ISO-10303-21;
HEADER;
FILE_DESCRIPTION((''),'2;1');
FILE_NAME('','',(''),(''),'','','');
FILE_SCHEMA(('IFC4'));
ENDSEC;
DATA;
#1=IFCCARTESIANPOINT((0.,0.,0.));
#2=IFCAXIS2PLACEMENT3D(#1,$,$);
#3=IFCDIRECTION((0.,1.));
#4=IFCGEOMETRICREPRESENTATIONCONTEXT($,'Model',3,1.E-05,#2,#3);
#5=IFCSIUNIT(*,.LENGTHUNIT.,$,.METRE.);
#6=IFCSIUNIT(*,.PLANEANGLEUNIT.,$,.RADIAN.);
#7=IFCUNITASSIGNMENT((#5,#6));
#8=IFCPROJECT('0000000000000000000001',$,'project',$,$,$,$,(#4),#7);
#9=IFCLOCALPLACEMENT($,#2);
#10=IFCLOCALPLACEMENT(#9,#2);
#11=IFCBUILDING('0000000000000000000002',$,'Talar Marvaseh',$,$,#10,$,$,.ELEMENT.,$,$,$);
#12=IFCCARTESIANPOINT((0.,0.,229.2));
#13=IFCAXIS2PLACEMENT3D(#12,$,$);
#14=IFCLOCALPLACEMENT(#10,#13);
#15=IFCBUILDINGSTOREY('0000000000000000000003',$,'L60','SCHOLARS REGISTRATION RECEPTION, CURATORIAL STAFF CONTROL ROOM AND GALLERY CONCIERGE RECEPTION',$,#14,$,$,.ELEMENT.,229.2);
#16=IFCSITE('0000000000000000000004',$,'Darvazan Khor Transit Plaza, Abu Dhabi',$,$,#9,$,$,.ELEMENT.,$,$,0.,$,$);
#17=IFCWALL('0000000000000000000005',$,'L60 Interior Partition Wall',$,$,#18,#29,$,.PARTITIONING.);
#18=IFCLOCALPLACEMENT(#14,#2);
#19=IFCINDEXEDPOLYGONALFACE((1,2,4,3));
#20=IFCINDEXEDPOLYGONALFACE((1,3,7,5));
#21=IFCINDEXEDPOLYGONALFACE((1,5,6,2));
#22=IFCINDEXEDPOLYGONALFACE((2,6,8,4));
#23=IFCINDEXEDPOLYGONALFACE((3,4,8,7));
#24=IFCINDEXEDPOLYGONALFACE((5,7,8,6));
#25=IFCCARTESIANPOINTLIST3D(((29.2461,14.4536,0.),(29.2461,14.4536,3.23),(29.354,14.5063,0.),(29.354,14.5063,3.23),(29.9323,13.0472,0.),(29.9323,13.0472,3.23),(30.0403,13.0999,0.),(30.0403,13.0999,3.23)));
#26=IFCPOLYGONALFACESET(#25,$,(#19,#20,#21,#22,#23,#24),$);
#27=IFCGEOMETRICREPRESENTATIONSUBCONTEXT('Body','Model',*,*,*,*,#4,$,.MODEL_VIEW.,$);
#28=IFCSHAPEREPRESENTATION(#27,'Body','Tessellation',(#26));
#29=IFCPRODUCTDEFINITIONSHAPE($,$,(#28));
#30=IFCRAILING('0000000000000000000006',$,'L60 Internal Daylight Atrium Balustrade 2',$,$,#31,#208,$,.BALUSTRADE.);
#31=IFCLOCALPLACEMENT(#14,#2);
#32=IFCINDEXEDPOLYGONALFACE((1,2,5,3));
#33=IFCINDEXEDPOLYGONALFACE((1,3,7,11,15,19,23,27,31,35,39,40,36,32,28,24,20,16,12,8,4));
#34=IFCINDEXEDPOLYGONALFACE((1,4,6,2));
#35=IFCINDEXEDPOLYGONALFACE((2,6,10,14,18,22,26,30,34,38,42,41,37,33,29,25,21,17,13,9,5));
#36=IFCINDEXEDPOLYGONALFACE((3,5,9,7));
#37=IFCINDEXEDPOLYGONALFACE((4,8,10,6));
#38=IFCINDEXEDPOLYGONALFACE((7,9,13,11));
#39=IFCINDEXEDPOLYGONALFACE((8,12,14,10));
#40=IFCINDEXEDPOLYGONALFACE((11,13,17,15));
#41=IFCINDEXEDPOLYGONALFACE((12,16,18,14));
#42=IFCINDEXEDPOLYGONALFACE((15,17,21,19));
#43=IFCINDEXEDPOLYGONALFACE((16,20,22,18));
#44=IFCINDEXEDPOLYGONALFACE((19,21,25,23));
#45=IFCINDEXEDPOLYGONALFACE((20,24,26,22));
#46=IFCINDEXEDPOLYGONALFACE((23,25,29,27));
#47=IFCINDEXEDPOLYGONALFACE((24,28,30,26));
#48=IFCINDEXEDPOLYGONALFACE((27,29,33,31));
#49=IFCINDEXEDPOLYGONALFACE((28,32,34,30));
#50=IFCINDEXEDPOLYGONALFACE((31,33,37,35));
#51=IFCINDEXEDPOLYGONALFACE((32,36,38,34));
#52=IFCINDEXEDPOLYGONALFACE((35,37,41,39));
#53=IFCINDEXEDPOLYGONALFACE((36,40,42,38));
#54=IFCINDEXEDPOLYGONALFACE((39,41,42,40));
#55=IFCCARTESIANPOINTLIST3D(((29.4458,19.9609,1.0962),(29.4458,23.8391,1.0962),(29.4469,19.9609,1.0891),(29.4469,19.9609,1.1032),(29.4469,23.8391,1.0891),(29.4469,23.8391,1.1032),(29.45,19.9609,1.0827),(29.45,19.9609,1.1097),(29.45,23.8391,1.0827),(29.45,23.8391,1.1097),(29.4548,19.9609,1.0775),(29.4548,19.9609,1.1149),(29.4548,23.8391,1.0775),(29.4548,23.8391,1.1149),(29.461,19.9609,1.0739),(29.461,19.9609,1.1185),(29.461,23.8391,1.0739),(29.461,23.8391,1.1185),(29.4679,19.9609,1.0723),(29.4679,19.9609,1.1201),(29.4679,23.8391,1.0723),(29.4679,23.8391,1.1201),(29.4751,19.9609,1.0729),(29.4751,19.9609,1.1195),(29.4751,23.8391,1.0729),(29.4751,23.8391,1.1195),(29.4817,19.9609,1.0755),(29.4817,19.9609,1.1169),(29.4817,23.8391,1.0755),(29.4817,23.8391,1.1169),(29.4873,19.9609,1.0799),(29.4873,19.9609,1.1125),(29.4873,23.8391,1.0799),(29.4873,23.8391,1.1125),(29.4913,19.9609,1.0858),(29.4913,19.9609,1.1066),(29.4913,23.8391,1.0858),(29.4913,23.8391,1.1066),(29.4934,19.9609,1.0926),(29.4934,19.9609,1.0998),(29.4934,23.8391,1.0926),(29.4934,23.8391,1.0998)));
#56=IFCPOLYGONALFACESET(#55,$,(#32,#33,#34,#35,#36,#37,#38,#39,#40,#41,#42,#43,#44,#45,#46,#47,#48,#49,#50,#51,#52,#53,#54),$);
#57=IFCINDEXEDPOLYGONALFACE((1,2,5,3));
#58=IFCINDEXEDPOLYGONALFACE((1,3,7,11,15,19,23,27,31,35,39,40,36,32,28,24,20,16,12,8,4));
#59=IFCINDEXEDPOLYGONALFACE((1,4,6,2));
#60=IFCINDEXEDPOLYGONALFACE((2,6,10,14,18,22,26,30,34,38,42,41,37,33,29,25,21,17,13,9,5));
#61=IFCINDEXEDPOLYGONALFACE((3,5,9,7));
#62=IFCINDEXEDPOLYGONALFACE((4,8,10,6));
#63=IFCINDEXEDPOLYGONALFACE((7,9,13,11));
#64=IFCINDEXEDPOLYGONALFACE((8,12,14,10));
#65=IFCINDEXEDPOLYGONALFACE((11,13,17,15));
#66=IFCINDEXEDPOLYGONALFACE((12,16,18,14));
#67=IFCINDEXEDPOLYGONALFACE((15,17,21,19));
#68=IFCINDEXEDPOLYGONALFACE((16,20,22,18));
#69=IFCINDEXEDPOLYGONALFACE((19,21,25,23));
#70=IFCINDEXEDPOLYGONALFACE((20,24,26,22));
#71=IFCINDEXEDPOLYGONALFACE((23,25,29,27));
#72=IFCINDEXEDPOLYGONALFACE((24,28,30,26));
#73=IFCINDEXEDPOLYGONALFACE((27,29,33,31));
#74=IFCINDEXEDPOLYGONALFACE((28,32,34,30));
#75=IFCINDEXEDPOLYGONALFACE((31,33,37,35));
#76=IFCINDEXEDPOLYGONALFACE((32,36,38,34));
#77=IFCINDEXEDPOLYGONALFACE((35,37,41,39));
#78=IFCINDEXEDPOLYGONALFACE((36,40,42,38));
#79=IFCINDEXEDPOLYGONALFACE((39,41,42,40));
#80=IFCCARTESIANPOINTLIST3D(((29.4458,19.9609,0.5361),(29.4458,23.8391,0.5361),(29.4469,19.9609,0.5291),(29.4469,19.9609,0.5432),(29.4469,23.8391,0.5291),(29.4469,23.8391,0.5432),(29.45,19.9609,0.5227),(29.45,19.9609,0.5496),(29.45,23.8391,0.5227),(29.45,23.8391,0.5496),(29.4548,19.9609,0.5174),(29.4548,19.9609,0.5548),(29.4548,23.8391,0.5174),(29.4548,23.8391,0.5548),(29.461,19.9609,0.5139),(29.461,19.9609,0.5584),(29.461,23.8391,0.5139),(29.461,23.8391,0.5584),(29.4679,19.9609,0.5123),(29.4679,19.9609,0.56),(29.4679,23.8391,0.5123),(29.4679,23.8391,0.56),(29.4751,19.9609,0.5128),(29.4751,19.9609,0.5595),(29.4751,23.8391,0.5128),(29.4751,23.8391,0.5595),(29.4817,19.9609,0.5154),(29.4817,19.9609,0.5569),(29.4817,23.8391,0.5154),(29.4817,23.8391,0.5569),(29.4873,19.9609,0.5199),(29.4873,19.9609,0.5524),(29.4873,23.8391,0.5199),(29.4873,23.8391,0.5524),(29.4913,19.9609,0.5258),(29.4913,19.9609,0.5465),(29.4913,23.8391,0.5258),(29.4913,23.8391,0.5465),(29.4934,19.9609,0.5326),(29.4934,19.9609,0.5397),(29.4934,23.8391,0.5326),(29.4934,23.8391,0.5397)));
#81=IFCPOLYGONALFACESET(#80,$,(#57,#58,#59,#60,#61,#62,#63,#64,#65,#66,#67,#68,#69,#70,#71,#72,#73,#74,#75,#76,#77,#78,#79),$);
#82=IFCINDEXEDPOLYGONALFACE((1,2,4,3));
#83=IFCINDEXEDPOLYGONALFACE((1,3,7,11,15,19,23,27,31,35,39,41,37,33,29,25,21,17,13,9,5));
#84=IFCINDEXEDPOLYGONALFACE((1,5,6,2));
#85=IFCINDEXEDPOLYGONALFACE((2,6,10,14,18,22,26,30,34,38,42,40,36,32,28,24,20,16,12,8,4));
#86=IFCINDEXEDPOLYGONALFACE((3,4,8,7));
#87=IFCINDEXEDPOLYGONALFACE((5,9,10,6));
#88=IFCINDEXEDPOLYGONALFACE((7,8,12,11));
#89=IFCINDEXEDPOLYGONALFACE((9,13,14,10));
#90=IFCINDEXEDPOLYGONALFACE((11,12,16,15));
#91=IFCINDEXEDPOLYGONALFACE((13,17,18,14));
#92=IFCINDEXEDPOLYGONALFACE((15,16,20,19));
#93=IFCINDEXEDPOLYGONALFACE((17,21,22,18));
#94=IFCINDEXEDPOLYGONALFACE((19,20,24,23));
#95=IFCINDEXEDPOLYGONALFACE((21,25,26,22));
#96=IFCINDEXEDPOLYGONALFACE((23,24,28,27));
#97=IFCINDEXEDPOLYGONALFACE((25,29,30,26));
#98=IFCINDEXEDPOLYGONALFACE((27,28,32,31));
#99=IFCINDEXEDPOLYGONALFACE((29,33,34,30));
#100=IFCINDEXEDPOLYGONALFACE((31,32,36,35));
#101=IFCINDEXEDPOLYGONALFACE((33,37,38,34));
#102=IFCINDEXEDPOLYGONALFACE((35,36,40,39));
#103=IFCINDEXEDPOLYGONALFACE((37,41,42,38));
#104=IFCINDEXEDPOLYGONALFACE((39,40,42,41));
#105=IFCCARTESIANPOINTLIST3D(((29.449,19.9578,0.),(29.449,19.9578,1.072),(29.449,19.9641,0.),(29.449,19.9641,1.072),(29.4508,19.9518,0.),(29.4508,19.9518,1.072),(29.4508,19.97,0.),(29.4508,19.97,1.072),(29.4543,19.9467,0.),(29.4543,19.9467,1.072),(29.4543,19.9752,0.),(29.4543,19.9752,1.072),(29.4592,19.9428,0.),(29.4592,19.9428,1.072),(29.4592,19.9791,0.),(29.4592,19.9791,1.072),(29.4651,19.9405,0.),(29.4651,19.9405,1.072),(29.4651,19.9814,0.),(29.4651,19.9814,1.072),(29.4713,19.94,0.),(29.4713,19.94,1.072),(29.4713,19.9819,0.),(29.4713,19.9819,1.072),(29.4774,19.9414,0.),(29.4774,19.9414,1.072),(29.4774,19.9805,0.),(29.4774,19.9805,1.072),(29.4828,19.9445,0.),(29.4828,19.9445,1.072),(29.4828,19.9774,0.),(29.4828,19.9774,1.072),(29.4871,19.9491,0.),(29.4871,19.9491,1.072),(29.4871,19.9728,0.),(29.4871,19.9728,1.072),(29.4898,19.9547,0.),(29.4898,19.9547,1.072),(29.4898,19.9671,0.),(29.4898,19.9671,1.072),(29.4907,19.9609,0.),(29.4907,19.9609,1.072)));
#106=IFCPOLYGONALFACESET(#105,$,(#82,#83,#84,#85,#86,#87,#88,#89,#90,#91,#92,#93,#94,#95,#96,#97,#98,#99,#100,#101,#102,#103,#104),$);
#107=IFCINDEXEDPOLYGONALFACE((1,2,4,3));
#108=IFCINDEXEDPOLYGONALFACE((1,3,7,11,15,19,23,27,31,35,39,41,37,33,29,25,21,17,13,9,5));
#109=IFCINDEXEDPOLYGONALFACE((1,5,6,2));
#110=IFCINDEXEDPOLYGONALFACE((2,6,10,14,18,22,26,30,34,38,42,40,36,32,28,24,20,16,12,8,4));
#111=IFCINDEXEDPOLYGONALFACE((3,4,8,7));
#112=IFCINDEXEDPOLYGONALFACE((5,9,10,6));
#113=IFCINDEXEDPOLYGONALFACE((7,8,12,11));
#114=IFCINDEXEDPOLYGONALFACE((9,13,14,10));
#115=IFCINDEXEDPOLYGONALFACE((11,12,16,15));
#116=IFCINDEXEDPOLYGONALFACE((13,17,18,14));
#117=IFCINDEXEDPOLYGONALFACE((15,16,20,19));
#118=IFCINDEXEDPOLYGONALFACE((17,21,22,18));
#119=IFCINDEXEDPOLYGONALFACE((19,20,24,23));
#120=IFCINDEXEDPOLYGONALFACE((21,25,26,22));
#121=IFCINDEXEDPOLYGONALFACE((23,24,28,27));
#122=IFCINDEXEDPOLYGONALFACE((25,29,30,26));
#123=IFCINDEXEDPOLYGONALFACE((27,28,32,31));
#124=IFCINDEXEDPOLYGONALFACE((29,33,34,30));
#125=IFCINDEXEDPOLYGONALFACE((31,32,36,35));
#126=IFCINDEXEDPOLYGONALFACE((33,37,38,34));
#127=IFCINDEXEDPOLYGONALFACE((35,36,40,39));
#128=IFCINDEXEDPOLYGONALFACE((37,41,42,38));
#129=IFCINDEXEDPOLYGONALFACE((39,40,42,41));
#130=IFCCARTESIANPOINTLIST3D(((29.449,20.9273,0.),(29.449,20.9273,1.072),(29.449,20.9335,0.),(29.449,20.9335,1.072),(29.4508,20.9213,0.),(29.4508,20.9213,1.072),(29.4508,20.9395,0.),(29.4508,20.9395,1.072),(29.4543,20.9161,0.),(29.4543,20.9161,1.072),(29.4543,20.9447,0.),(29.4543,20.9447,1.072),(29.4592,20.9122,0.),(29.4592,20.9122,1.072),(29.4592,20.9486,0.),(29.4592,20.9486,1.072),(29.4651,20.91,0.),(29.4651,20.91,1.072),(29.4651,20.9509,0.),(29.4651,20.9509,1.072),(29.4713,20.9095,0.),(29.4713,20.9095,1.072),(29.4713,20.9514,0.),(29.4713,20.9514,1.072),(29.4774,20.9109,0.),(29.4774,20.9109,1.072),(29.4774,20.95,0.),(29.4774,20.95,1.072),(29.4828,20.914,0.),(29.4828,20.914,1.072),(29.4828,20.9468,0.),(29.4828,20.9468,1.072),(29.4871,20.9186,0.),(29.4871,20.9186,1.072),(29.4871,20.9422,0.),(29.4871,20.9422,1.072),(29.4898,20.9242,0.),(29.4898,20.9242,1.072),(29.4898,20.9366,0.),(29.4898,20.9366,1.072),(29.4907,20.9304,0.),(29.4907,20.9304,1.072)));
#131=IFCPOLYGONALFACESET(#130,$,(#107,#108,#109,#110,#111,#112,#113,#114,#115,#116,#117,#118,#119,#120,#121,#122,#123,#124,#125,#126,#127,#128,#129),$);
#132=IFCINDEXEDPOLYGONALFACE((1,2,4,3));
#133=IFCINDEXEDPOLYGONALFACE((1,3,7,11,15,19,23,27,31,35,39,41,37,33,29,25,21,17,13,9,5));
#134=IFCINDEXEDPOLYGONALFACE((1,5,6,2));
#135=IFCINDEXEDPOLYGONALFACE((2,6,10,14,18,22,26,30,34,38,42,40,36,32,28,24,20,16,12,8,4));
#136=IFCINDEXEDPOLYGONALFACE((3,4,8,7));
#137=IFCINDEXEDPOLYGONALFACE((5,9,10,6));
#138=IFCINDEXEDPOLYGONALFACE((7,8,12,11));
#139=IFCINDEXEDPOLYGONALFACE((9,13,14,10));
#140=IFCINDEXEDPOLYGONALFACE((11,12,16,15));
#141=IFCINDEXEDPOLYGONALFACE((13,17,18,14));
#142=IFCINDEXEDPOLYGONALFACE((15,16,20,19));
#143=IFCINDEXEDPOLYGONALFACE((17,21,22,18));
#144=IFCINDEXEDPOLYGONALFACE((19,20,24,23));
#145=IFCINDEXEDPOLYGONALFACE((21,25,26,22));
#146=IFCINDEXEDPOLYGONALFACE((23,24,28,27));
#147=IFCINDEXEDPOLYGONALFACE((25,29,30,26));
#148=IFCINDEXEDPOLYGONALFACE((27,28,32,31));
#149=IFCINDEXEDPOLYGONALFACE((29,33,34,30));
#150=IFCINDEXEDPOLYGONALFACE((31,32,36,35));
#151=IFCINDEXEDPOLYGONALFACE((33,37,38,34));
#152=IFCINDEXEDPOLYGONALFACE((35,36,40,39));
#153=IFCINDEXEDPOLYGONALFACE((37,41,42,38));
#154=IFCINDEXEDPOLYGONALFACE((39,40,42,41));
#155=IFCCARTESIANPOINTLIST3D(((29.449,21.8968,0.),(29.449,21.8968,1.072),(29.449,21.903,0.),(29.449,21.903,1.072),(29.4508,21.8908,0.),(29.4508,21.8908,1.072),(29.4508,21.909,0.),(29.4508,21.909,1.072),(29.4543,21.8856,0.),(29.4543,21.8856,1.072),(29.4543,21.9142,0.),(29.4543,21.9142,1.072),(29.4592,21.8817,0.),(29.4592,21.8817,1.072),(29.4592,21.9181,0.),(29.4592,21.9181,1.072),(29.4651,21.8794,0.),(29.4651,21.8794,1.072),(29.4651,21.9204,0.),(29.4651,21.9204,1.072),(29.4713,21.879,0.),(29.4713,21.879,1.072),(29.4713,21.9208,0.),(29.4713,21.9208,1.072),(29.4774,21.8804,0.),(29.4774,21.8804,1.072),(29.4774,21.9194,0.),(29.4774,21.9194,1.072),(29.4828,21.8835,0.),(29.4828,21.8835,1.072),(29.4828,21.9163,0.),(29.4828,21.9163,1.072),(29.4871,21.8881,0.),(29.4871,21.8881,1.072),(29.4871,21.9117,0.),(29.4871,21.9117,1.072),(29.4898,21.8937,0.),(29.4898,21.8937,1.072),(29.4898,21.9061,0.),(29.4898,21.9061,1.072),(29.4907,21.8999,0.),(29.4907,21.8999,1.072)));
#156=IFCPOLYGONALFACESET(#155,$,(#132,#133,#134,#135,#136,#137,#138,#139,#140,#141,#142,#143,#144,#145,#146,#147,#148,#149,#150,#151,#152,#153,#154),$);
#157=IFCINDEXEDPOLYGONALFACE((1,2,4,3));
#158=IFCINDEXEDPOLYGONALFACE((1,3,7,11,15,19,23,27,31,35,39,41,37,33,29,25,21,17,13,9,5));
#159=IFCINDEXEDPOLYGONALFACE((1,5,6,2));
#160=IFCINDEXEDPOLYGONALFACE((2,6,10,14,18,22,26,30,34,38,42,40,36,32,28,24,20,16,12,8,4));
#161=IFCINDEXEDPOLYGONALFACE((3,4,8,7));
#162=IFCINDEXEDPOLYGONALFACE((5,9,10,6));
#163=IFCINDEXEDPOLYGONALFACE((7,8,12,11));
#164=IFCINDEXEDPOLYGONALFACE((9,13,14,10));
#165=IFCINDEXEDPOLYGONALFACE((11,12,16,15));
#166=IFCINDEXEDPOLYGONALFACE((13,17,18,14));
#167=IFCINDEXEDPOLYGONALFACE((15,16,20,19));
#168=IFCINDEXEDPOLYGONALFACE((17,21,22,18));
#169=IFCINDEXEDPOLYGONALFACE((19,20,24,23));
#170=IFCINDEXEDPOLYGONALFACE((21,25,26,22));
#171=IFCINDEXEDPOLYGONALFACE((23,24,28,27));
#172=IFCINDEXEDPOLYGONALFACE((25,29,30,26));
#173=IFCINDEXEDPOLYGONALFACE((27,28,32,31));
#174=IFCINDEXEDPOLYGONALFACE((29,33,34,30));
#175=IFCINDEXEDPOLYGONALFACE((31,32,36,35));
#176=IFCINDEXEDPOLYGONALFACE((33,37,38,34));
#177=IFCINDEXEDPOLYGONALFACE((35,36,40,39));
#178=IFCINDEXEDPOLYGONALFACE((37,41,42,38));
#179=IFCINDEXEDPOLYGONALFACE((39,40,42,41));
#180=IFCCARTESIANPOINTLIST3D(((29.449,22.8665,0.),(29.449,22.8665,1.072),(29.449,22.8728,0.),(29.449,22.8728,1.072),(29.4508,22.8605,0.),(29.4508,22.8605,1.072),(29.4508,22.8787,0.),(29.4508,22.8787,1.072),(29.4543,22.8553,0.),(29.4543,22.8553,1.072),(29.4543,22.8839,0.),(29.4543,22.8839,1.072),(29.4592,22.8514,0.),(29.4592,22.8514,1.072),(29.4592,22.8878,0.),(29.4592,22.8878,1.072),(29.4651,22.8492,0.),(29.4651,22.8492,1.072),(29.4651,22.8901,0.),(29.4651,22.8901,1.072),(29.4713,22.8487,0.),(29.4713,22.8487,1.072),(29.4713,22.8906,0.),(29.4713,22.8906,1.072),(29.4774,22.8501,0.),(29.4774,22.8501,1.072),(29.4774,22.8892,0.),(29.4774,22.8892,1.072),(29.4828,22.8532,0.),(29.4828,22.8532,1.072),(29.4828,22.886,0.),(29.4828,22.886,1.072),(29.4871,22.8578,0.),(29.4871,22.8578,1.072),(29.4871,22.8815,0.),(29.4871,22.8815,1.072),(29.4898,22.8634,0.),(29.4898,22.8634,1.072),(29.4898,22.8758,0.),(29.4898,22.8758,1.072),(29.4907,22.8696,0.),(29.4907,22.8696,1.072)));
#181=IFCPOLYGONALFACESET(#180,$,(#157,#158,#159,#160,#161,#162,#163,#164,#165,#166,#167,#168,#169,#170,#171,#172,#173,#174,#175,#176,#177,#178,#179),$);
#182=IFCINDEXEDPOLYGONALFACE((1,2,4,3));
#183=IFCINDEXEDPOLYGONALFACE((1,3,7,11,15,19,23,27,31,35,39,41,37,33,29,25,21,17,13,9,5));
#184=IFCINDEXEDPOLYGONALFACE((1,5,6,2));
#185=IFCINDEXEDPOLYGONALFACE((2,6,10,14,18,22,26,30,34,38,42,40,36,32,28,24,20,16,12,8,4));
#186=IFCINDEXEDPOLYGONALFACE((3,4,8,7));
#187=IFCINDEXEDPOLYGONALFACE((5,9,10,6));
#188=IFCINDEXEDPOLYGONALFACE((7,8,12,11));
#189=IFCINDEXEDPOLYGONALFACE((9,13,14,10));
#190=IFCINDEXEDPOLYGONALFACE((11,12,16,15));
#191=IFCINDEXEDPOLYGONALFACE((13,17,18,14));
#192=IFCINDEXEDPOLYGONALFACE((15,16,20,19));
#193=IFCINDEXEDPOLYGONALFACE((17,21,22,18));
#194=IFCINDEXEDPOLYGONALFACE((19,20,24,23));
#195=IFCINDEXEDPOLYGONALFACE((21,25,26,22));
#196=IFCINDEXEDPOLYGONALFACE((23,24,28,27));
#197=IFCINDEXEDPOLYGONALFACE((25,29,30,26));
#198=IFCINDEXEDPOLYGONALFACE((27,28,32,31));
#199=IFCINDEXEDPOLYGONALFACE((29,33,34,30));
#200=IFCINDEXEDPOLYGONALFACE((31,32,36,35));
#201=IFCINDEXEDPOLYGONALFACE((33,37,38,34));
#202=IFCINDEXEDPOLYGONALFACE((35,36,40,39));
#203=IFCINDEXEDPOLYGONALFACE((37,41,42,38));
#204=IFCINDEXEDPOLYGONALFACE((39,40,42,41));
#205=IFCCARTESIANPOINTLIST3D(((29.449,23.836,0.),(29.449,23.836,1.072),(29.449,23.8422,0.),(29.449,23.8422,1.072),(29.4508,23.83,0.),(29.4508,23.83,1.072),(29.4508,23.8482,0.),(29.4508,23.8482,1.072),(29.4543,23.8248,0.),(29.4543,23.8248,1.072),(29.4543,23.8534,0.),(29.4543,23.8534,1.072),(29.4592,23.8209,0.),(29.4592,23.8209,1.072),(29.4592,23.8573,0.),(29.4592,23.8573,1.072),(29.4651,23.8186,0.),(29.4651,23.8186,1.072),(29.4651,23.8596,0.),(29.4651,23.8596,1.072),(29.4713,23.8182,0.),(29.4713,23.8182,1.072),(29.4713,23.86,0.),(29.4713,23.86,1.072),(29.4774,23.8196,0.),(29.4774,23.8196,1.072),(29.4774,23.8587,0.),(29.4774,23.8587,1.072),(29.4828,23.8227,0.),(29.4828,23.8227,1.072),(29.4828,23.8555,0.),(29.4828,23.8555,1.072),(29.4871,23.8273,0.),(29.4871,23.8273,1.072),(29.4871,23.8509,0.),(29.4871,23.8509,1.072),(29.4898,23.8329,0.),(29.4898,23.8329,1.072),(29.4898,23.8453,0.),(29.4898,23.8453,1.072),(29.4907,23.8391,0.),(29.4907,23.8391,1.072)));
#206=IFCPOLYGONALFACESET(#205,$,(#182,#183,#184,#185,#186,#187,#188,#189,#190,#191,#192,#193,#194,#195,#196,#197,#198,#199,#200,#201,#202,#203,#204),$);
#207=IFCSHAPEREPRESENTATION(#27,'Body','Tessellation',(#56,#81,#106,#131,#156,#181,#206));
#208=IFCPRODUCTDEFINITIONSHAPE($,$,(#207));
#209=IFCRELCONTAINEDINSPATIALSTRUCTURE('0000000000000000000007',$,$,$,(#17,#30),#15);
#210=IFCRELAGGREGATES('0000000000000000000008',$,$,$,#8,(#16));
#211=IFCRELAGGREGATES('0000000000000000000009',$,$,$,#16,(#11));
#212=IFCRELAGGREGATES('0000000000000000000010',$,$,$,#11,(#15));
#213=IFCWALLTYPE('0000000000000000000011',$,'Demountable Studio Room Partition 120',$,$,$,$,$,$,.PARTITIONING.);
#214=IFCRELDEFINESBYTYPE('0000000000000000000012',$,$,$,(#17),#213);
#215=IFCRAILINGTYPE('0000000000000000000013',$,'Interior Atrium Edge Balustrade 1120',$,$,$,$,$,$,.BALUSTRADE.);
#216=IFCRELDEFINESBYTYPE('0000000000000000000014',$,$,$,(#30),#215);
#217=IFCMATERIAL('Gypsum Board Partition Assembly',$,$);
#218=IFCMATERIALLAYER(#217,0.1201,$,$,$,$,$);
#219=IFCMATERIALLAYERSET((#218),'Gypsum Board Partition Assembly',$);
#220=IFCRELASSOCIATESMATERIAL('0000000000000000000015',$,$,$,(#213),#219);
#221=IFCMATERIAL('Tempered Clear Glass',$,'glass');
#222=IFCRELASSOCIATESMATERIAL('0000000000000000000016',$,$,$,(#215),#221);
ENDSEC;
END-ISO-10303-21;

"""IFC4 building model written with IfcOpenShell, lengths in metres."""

from ifc_helpers import new_model, si_unit, direction, frame, frame_2d, origin, origin_2d, place, context, subcontext, project, spatial, rectangle, circle, extrude, material, layer, layer_set, type_object, element, save


model = new_model("IFC4")

# Units and contexts
model_context = context("Model", 3, precision=1e-05, world=origin(), true_north=direction((0.0, 1.0)))
body_context = subcontext(model_context, "Body", "Model", "MODEL_VIEW")
ifc_project = project(units=[si_unit("LENGTHUNIT", "METRE"), si_unit("PLANEANGLEUNIT", "RADIAN")], contexts=[model_context])

# Site, building, storey
site_placement = place(None, origin())
site = spatial("IfcSite", under=ifc_project, at=site_placement, Name="Darvazan Khor Transit Plaza, Abu Dhabi", CompositionType="ELEMENT", RefElevation=0.0)
building_placement = place(site_placement, origin())
building = spatial("IfcBuilding", under=site, at=building_placement, Name="Talar Marvaseh", CompositionType="ELEMENT")
storey_placement = place(building_placement, frame((0.0, 0.0, 229.2)))
storey = spatial("IfcBuildingStorey", under=building, at=storey_placement, Name="L60", Description="SCHOLARS REGISTRATION RECEPTION, CURATORIAL STAFF CONTROL ROOM AND GALLERY CONCIERGE RECEPTION", CompositionType="ELEMENT", Elevation=229.2)

# Wall
ifc_material_1 = material(Name="Gypsum Board Partition Assembly")
ifc_layer_1 = layer(ifc_material_1, 0.1201)
ifc_layer_set_1 = layer_set([ifc_layer_1], Name="Gypsum Board Partition Assembly")
wall_type_1 = type_object("IfcWallType", Name="Demountable Studio Room Partition 120", PredefinedType="PARTITIONING", material=ifc_layer_set_1)
wall_1_placement = place(storey_placement, frame((29.3, 14.48, 0.0), z_axis=(0.0, 0.0, 1.0), x_axis=(0.438519, -0.898722, 0.0)))
element("IfcWall", 1, at=wall_1_placement, inside=storey, type_object=wall_type_1, Name="L60 Interior Partition Wall", PredefinedType="PARTITIONING", context=body_context, shape_type="SweptSolid", body=[
    extrude(rectangle(XDim=1.5649, YDim=0.1201, at=frame_2d((0.7825, 0.0))), origin(), (0.0, 0.0, 1.0), 3.23),
])

# Railing
ifc_material_2 = material(Name="Tempered Clear Glass", Category="glass")
railing_type = type_object("IfcRailingType", Name="Interior Atrium Edge Balustrade 1120", PredefinedType="BALUSTRADE", material=ifc_material_2)
railing_1_placement = place(storey_placement, frame((29.4697, 19.9609, 0.0)))
element("IfcRailing", 2, at=railing_1_placement, inside=storey, type_object=railing_type, Name="L60 Internal Daylight Atrium Balustrade 2", PredefinedType="BALUSTRADE", context=body_context, shape_type="SweptSolid", body=[
    extrude(circle(Radius=0.0239, at=origin_2d()), frame((0.0, 0.0, 1.0962), z_axis=(0.0, 1.0, 0.0), x_axis=(-1.0, 0.0, 0.0)), (0.0, 0.0, 1.0), 3.8782),
    extrude(circle(Radius=0.0239, at=origin_2d()), frame((0.0, 0.0, 0.5361), z_axis=(0.0, 1.0, 0.0), x_axis=(-1.0, 0.0, 0.0)), (0.0, 0.0, 1.0), 3.8782),
    extrude(circle(Radius=0.021, at=origin_2d()), origin(), (0.0, 0.0, 1.0), 1.072),
    extrude(circle(Radius=0.021, at=origin_2d()), frame((0.0, 0.9695, 0.0)), (0.0, 0.0, 1.0), 1.072),
    extrude(circle(Radius=0.021, at=origin_2d()), frame((0.0, 1.939, 0.0)), (0.0, 0.0, 1.0), 1.072),
    extrude(circle(Radius=0.021, at=origin_2d()), frame((0.0, 2.9087, 0.0)), (0.0, 0.0, 1.0), 1.072),
    extrude(circle(Radius=0.021, at=origin_2d()), frame((0.0, 3.8782, 0.0)), (0.0, 0.0, 1.0), 1.072),
])

save(model, "model.ifc")
